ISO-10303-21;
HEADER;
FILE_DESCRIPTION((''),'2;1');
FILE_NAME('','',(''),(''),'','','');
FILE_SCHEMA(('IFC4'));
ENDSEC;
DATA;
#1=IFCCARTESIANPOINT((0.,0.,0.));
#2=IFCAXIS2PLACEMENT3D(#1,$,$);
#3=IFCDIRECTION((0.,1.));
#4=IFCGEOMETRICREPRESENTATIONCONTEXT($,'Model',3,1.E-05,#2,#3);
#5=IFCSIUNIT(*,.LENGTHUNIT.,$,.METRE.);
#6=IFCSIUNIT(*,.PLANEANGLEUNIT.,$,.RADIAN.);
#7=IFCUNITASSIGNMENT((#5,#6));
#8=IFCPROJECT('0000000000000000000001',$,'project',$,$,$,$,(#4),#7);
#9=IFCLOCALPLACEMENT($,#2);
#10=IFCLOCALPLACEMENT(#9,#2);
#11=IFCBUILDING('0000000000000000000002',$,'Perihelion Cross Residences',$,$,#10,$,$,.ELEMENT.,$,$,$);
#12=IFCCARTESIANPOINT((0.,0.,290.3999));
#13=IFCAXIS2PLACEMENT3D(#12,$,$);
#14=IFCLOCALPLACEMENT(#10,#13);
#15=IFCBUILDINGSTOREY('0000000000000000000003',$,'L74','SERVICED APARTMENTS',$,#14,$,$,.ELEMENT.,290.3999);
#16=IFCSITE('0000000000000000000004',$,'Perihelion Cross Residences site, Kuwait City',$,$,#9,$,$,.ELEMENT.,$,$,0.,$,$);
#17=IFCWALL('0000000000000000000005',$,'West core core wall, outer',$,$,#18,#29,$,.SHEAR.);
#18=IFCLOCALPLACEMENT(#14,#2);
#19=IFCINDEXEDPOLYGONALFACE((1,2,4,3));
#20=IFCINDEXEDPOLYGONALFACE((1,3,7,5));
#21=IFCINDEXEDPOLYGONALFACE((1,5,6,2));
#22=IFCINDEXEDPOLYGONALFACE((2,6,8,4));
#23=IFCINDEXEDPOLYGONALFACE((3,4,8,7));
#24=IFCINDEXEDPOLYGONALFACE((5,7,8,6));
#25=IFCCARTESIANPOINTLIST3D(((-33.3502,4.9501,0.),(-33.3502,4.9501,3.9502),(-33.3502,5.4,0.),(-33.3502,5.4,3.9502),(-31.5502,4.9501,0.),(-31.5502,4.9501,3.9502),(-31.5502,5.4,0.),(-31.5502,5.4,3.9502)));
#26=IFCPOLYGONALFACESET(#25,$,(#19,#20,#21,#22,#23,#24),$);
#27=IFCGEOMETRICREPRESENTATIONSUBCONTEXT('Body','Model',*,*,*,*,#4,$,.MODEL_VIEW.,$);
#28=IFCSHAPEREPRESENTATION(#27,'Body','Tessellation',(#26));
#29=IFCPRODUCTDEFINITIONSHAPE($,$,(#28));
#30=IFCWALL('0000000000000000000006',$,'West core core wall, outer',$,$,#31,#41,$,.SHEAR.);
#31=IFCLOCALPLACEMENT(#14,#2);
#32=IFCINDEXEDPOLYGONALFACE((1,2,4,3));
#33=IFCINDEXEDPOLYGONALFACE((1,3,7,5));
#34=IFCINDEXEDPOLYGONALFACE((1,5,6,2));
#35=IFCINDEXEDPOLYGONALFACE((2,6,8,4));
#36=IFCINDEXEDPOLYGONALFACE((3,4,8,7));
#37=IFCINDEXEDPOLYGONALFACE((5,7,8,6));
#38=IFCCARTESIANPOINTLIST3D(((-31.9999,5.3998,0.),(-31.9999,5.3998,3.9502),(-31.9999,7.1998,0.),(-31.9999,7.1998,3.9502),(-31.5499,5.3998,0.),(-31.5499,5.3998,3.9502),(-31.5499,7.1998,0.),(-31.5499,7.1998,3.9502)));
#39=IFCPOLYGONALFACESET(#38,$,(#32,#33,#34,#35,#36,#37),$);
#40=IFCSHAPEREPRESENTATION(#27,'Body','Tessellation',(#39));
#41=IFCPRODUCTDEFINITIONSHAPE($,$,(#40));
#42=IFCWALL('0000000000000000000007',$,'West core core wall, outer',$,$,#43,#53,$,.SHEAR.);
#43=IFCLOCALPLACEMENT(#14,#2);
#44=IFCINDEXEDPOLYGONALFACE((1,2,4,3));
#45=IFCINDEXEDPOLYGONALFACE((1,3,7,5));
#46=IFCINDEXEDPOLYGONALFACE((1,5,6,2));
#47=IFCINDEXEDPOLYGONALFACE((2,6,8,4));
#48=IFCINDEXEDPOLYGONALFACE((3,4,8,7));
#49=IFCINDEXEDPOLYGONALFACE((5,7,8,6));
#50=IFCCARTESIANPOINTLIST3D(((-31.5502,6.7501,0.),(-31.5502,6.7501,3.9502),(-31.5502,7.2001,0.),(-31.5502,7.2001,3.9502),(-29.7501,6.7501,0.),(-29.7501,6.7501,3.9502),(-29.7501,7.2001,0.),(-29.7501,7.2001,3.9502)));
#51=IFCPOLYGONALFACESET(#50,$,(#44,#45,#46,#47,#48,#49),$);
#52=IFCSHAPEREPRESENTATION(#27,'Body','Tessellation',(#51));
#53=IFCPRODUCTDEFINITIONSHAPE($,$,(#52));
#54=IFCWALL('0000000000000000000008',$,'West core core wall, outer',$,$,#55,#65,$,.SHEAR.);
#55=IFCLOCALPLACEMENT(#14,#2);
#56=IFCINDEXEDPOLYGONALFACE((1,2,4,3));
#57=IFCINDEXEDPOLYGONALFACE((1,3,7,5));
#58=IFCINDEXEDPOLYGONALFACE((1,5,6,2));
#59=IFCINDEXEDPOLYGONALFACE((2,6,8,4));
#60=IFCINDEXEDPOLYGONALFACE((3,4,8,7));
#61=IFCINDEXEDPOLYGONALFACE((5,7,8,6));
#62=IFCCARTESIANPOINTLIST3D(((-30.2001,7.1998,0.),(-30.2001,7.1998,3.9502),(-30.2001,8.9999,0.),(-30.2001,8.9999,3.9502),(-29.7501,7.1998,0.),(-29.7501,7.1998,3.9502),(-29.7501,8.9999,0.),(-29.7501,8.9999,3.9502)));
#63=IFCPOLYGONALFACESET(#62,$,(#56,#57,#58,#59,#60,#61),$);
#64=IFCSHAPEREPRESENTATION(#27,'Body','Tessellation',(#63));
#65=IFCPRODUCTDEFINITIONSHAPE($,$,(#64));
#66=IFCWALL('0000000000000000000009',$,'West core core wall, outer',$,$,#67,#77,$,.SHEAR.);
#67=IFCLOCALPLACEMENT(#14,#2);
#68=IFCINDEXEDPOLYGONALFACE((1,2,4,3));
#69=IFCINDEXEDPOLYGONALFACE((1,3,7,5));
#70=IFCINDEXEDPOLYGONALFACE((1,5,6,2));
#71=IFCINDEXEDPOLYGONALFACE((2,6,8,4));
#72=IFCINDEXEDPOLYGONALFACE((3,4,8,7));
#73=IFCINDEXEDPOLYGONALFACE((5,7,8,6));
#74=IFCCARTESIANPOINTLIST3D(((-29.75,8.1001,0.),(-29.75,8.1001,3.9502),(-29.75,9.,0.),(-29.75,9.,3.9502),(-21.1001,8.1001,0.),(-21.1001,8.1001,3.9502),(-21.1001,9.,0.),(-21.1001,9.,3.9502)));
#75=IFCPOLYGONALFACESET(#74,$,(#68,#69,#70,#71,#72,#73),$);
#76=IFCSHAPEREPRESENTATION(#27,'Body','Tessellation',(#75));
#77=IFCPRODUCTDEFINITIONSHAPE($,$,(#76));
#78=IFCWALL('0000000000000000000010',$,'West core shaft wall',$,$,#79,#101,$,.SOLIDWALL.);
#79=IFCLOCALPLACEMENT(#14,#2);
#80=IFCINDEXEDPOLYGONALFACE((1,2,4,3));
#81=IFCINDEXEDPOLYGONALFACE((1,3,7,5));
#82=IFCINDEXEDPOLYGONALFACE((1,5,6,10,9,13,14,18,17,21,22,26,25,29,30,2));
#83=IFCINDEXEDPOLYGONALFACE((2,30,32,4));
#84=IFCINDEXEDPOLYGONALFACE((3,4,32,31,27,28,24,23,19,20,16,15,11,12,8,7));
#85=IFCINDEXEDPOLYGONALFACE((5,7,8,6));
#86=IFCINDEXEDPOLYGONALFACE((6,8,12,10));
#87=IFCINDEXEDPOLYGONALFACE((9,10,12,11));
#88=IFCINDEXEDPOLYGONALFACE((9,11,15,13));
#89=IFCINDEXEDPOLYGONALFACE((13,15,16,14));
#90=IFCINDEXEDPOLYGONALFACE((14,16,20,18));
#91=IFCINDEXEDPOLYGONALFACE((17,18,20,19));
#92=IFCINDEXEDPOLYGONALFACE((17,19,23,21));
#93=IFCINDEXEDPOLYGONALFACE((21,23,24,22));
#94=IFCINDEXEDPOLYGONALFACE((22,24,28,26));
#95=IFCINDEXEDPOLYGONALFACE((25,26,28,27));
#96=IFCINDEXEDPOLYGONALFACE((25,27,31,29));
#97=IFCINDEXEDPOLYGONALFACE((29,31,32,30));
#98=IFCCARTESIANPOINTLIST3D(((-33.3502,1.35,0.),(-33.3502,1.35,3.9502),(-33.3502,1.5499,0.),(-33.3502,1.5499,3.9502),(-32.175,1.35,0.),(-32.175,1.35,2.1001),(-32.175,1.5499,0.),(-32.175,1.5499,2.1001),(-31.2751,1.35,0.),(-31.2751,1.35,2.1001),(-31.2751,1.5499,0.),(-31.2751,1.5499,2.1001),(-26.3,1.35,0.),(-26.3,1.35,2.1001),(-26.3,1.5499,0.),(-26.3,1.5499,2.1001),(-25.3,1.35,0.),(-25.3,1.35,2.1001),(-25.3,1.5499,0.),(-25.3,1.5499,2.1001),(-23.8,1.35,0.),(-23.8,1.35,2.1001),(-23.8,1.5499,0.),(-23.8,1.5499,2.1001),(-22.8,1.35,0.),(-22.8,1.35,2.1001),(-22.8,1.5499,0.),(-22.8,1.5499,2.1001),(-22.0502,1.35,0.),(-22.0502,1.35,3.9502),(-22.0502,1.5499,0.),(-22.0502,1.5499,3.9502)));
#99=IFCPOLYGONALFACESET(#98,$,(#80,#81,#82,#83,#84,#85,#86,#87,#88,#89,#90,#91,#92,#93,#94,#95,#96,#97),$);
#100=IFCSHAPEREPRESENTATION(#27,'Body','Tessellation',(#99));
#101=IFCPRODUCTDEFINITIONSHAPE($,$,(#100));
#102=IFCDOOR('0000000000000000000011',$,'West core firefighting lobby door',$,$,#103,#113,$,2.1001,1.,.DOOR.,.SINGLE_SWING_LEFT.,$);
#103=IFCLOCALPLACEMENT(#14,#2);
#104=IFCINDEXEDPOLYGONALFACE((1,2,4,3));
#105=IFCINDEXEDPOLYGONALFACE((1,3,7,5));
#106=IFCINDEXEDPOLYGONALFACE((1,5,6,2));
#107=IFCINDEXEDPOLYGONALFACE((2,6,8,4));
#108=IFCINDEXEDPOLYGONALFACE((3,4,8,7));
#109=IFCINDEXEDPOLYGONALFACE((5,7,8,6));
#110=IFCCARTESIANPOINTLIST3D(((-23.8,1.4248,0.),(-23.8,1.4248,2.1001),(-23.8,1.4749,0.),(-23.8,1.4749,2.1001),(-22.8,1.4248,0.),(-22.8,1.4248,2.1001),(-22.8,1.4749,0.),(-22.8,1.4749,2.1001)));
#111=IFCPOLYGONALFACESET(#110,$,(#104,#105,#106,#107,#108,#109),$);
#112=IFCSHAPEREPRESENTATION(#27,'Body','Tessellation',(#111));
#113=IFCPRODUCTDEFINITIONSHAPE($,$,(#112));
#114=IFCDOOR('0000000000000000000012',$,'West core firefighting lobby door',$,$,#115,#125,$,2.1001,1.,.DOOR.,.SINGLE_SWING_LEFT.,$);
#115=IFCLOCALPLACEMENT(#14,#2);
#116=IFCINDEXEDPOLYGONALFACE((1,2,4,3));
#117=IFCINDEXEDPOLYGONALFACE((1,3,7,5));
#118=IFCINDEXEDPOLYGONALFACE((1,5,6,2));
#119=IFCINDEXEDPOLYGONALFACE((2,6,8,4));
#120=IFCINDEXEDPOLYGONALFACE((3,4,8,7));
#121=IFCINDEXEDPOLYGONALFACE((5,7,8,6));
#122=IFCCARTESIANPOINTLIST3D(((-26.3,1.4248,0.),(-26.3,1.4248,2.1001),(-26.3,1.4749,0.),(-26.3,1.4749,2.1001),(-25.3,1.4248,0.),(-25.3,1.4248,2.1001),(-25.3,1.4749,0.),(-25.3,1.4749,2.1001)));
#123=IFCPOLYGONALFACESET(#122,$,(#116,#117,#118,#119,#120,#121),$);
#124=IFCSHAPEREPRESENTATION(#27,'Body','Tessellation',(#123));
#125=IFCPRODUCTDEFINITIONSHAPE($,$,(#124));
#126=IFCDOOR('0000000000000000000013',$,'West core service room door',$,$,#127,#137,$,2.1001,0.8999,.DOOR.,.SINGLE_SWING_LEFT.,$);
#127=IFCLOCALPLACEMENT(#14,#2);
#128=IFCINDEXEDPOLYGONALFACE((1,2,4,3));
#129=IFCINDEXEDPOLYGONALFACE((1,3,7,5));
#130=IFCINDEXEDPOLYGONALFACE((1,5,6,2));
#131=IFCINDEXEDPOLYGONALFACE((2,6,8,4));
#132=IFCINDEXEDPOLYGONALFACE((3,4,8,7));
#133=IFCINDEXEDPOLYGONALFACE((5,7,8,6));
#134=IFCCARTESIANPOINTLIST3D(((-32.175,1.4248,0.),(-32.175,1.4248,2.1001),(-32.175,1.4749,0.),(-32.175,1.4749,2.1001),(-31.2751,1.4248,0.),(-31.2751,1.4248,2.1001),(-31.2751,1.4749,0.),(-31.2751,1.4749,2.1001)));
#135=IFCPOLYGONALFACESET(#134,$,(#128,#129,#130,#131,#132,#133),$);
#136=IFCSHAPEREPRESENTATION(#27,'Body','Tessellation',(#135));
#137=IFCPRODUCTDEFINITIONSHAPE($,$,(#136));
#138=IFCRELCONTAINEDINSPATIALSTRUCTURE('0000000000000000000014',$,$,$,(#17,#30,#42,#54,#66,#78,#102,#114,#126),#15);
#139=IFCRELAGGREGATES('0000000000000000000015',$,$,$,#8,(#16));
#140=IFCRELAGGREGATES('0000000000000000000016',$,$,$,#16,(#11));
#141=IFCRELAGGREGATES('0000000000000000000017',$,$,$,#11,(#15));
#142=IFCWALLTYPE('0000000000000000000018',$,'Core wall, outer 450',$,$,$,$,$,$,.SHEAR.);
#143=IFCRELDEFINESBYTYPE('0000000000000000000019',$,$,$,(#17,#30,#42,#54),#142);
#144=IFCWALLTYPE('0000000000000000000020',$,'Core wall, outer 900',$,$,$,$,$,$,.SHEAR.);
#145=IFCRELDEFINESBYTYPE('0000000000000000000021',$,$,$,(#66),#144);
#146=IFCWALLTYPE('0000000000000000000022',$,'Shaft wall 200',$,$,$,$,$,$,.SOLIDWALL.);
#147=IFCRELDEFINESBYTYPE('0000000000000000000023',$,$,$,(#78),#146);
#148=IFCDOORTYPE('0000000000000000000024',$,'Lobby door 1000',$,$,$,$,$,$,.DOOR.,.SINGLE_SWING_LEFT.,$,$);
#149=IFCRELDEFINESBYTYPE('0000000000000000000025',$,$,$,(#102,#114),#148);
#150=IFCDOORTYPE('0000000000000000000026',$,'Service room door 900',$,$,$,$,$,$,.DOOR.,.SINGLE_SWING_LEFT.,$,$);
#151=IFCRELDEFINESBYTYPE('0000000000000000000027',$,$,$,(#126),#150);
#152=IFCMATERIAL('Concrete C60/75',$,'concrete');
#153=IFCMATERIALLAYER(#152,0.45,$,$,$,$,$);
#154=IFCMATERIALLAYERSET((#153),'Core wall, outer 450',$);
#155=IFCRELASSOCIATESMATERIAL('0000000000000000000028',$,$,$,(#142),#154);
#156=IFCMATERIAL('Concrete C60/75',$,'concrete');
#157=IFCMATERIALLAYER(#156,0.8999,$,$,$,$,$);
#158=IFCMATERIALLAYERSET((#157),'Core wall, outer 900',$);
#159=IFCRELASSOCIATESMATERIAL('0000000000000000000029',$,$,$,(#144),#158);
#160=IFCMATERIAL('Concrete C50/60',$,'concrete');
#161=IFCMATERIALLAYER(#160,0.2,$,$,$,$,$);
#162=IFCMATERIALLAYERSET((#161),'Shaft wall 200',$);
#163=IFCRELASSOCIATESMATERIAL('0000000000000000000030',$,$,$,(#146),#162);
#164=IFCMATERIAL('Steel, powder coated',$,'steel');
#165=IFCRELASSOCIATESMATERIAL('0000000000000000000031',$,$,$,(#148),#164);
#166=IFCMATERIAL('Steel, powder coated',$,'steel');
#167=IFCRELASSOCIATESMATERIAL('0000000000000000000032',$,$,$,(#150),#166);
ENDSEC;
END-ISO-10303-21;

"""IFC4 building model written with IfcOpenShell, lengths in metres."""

from ifc_helpers import new_model, si_unit, direction, frame, frame_2d, origin, place, context, subcontext, project, spatial, rectangle, extrude, material, layer, layer_set, type_object, element, fill, save


model = new_model("IFC4")

# Units and contexts
model_context = context("Model", 3, precision=1e-05, world=origin(), true_north=direction((0.0, 1.0)))
body_context = subcontext(model_context, "Body", "Model", "MODEL_VIEW")
ifc_project = project(units=[si_unit("LENGTHUNIT", "METRE"), si_unit("PLANEANGLEUNIT", "RADIAN")], contexts=[model_context])

# Site, building, storey
site_placement = place(None, origin())
site = spatial("IfcSite", under=ifc_project, at=site_placement, Name="Perihelion Cross Residences site, Kuwait City", CompositionType="ELEMENT", RefElevation=0.0)
building_placement = place(site_placement, origin())
building = spatial("IfcBuilding", under=site, at=building_placement, Name="Perihelion Cross Residences", CompositionType="ELEMENT")
storey_placement = place(building_placement, frame((0.0, 0.0, 290.3999)))
storey = spatial("IfcBuildingStorey", under=building, at=storey_placement, Name="L74", Description="SERVICED APARTMENTS", CompositionType="ELEMENT", Elevation=290.3999)

# Walls
ifc_material_1 = material(Name="Concrete C60/75", Category="concrete")
ifc_layer_1 = layer(ifc_material_1, 0.45)
ifc_layer_set_1 = layer_set([ifc_layer_1], Name="Core wall, outer 450")
wall_type_1 = type_object("IfcWallType", Name="Core wall, outer 450", PredefinedType="SHEAR", material=ifc_layer_set_1)
for number, where, z_axis, x_axis, name in (
    (1, (-33.3501, 5.175, 0.0), (0.0, 0.0, 1.0), (1.0, 0.0, 0.0), "West core core wall, outer"),
    (2, (-31.7749, 5.3999, 0.0), (0.0, 0.0, 1.0), (0.0, 1.0, 0.0), "West core core wall, outer"),
    (3, (-31.55, 6.9751, 0.0), (0.0, 0.0, 1.0), (1.0, 0.0, 0.0), "West core core wall, outer"),
    (4, (-29.9751, 7.2, 0.0), (0.0, 0.0, 1.0), (0.0, 1.0, 0.0), "West core core wall, outer"),
):
    element("IfcWall", number, at=place(storey_placement, frame(where, z_axis=z_axis, x_axis=x_axis)), inside=storey, type_object=wall_type_1, Name=name, PredefinedType="SHEAR", context=body_context, shape_type="SweptSolid", body=[
        extrude(rectangle(XDim=1.8, YDim=0.45, at=frame_2d((0.8999, 0.0))), origin(), (0.0, 0.0, 1.0), 3.9502),
    ])
ifc_material_2 = material(Name="Concrete C60/75", Category="concrete")
ifc_layer_2 = layer(ifc_material_2, 0.8999)
ifc_layer_set_2 = layer_set([ifc_layer_2], Name="Core wall, outer 900")
wall_type_2 = type_object("IfcWallType", Name="Core wall, outer 900", PredefinedType="SHEAR", material=ifc_layer_set_2)
wall_1_placement = place(storey_placement, frame((-29.75, 8.55, 0.0), z_axis=(0.0, 0.0, 1.0), x_axis=(1.0, 0.0, 0.0)))
element("IfcWall", 5, at=wall_1_placement, inside=storey, type_object=wall_type_2, Name="West core core wall, outer", PredefinedType="SHEAR", context=body_context, shape_type="SweptSolid", body=[
    extrude(rectangle(XDim=8.6499, YDim=0.8999, at=frame_2d((4.325, 0.0))), origin(), (0.0, 0.0, 1.0), 3.9502),
])

# Wall, openings, doors
ifc_material_3 = material(Name="Concrete C50/60", Category="concrete")
ifc_layer_3 = layer(ifc_material_3, 0.2)
ifc_layer_set_3 = layer_set([ifc_layer_3], Name="Shaft wall 200")
wall_type_3 = type_object("IfcWallType", Name="Shaft wall 200", PredefinedType="SOLIDWALL", material=ifc_layer_set_3)
wall_2_placement = place(storey_placement, frame((-33.3501, 1.45, 0.0), z_axis=(0.0, 0.0, 1.0), x_axis=(1.0, 0.0, 0.0)))
wall_2 = element("IfcWall", 6, at=wall_2_placement, inside=storey, type_object=wall_type_3, Name="West core shaft wall", PredefinedType="SOLIDWALL", context=body_context, shape_type="SweptSolid", body=[
    extrude(rectangle(XDim=11.3, YDim=0.2, at=frame_2d((5.6499, 0.0))), origin(), (0.0, 0.0, 1.0), 3.9502),
])
opening_1_placement = place(wall_2_placement, frame((9.55, 0.0, 0.0)))
opening_1 = element("IfcOpeningElement", 7, at=opening_1_placement, cuts=wall_2, PredefinedType="OPENING", context=body_context, shape_type="SweptSolid", body=[
    extrude(rectangle(XDim=1.0, YDim=2.1001, at=frame_2d((0.5, 1.05))), frame((0.0, 0.1099, 0.0), z_axis=(0.0, -1.0, 0.0), x_axis=(1.0, 0.0, 0.0)), (0.0, 0.0, 1.0), 0.22),
])
opening_2_placement = place(wall_2_placement, frame((7.05, 0.0, 0.0)))
opening_2 = element("IfcOpeningElement", 8, at=opening_2_placement, cuts=wall_2, PredefinedType="OPENING", context=body_context, shape_type="SweptSolid", body=[
    extrude(rectangle(XDim=1.0, YDim=2.1001, at=frame_2d((0.5, 1.05))), frame((0.0, 0.1099, 0.0), z_axis=(0.0, -1.0, 0.0), x_axis=(1.0, 0.0, 0.0)), (0.0, 0.0, 1.0), 0.22),
])
opening_3_placement = place(wall_2_placement, frame((1.175, 0.0, 0.0)))
opening_3 = element("IfcOpeningElement", 9, at=opening_3_placement, cuts=wall_2, PredefinedType="OPENING", context=body_context, shape_type="SweptSolid", body=[
    extrude(rectangle(XDim=0.8999, YDim=2.1001, at=frame_2d((0.45, 1.05))), frame((0.0, 0.1099, 0.0), z_axis=(0.0, -1.0, 0.0), x_axis=(1.0, 0.0, 0.0)), (0.0, 0.0, 1.0), 0.22),
])
ifc_material_4 = material(Name="Steel, powder coated", Category="steel")
door_type_1 = type_object("IfcDoorType", Name="Lobby door 1000", OperationType="SINGLE_SWING_LEFT", PredefinedType="DOOR", material=ifc_material_4)
door_1_placement = place(opening_1_placement, origin())
door_1 = element("IfcDoor", 10, at=door_1_placement, inside=storey, type_object=door_type_1, Name="West core firefighting lobby door", OperationType="SINGLE_SWING_LEFT", OverallHeight=2.1001, OverallWidth=1.0, PredefinedType="DOOR", context=body_context, shape_type="SweptSolid", body=[
    extrude(rectangle(XDim=1.0, YDim=2.1001, at=frame_2d((0.5, 1.05))), frame((0.0, 0.0249, 0.0), z_axis=(0.0, -1.0, 0.0), x_axis=(1.0, 0.0, 0.0)), (0.0, 0.0, 1.0), 0.05),
])
fill(opening_1, door_1)
door_2_placement = place(opening_2_placement, origin())
door_2 = element("IfcDoor", 11, at=door_2_placement, inside=storey, type_object=door_type_1, Name="West core firefighting lobby door", OperationType="SINGLE_SWING_LEFT", OverallHeight=2.1001, OverallWidth=1.0, PredefinedType="DOOR", context=body_context, shape_type="SweptSolid", body=[
    extrude(rectangle(XDim=1.0, YDim=2.1001, at=frame_2d((0.5, 1.05))), frame((0.0, 0.0249, 0.0), z_axis=(0.0, -1.0, 0.0), x_axis=(1.0, 0.0, 0.0)), (0.0, 0.0, 1.0), 0.05),
])
fill(opening_2, door_2)
ifc_material_5 = material(Name="Steel, powder coated", Category="steel")
door_type_2 = type_object("IfcDoorType", Name="Service room door 900", OperationType="SINGLE_SWING_LEFT", PredefinedType="DOOR", material=ifc_material_5)
door_3_placement = place(opening_3_placement, origin())
door_3 = element("IfcDoor", 12, at=door_3_placement, inside=storey, type_object=door_type_2, Name="West core service room door", OperationType="SINGLE_SWING_LEFT", OverallHeight=2.1001, OverallWidth=0.8999, PredefinedType="DOOR", context=body_context, shape_type="SweptSolid", body=[
    extrude(rectangle(XDim=0.8999, YDim=2.1001, at=frame_2d((0.45, 1.05))), frame((0.0, 0.0249, 0.0), z_axis=(0.0, -1.0, 0.0), x_axis=(1.0, 0.0, 0.0)), (0.0, 0.0, 1.0), 0.05),
])
fill(opening_3, door_3)

save(model, "model.ifc")
